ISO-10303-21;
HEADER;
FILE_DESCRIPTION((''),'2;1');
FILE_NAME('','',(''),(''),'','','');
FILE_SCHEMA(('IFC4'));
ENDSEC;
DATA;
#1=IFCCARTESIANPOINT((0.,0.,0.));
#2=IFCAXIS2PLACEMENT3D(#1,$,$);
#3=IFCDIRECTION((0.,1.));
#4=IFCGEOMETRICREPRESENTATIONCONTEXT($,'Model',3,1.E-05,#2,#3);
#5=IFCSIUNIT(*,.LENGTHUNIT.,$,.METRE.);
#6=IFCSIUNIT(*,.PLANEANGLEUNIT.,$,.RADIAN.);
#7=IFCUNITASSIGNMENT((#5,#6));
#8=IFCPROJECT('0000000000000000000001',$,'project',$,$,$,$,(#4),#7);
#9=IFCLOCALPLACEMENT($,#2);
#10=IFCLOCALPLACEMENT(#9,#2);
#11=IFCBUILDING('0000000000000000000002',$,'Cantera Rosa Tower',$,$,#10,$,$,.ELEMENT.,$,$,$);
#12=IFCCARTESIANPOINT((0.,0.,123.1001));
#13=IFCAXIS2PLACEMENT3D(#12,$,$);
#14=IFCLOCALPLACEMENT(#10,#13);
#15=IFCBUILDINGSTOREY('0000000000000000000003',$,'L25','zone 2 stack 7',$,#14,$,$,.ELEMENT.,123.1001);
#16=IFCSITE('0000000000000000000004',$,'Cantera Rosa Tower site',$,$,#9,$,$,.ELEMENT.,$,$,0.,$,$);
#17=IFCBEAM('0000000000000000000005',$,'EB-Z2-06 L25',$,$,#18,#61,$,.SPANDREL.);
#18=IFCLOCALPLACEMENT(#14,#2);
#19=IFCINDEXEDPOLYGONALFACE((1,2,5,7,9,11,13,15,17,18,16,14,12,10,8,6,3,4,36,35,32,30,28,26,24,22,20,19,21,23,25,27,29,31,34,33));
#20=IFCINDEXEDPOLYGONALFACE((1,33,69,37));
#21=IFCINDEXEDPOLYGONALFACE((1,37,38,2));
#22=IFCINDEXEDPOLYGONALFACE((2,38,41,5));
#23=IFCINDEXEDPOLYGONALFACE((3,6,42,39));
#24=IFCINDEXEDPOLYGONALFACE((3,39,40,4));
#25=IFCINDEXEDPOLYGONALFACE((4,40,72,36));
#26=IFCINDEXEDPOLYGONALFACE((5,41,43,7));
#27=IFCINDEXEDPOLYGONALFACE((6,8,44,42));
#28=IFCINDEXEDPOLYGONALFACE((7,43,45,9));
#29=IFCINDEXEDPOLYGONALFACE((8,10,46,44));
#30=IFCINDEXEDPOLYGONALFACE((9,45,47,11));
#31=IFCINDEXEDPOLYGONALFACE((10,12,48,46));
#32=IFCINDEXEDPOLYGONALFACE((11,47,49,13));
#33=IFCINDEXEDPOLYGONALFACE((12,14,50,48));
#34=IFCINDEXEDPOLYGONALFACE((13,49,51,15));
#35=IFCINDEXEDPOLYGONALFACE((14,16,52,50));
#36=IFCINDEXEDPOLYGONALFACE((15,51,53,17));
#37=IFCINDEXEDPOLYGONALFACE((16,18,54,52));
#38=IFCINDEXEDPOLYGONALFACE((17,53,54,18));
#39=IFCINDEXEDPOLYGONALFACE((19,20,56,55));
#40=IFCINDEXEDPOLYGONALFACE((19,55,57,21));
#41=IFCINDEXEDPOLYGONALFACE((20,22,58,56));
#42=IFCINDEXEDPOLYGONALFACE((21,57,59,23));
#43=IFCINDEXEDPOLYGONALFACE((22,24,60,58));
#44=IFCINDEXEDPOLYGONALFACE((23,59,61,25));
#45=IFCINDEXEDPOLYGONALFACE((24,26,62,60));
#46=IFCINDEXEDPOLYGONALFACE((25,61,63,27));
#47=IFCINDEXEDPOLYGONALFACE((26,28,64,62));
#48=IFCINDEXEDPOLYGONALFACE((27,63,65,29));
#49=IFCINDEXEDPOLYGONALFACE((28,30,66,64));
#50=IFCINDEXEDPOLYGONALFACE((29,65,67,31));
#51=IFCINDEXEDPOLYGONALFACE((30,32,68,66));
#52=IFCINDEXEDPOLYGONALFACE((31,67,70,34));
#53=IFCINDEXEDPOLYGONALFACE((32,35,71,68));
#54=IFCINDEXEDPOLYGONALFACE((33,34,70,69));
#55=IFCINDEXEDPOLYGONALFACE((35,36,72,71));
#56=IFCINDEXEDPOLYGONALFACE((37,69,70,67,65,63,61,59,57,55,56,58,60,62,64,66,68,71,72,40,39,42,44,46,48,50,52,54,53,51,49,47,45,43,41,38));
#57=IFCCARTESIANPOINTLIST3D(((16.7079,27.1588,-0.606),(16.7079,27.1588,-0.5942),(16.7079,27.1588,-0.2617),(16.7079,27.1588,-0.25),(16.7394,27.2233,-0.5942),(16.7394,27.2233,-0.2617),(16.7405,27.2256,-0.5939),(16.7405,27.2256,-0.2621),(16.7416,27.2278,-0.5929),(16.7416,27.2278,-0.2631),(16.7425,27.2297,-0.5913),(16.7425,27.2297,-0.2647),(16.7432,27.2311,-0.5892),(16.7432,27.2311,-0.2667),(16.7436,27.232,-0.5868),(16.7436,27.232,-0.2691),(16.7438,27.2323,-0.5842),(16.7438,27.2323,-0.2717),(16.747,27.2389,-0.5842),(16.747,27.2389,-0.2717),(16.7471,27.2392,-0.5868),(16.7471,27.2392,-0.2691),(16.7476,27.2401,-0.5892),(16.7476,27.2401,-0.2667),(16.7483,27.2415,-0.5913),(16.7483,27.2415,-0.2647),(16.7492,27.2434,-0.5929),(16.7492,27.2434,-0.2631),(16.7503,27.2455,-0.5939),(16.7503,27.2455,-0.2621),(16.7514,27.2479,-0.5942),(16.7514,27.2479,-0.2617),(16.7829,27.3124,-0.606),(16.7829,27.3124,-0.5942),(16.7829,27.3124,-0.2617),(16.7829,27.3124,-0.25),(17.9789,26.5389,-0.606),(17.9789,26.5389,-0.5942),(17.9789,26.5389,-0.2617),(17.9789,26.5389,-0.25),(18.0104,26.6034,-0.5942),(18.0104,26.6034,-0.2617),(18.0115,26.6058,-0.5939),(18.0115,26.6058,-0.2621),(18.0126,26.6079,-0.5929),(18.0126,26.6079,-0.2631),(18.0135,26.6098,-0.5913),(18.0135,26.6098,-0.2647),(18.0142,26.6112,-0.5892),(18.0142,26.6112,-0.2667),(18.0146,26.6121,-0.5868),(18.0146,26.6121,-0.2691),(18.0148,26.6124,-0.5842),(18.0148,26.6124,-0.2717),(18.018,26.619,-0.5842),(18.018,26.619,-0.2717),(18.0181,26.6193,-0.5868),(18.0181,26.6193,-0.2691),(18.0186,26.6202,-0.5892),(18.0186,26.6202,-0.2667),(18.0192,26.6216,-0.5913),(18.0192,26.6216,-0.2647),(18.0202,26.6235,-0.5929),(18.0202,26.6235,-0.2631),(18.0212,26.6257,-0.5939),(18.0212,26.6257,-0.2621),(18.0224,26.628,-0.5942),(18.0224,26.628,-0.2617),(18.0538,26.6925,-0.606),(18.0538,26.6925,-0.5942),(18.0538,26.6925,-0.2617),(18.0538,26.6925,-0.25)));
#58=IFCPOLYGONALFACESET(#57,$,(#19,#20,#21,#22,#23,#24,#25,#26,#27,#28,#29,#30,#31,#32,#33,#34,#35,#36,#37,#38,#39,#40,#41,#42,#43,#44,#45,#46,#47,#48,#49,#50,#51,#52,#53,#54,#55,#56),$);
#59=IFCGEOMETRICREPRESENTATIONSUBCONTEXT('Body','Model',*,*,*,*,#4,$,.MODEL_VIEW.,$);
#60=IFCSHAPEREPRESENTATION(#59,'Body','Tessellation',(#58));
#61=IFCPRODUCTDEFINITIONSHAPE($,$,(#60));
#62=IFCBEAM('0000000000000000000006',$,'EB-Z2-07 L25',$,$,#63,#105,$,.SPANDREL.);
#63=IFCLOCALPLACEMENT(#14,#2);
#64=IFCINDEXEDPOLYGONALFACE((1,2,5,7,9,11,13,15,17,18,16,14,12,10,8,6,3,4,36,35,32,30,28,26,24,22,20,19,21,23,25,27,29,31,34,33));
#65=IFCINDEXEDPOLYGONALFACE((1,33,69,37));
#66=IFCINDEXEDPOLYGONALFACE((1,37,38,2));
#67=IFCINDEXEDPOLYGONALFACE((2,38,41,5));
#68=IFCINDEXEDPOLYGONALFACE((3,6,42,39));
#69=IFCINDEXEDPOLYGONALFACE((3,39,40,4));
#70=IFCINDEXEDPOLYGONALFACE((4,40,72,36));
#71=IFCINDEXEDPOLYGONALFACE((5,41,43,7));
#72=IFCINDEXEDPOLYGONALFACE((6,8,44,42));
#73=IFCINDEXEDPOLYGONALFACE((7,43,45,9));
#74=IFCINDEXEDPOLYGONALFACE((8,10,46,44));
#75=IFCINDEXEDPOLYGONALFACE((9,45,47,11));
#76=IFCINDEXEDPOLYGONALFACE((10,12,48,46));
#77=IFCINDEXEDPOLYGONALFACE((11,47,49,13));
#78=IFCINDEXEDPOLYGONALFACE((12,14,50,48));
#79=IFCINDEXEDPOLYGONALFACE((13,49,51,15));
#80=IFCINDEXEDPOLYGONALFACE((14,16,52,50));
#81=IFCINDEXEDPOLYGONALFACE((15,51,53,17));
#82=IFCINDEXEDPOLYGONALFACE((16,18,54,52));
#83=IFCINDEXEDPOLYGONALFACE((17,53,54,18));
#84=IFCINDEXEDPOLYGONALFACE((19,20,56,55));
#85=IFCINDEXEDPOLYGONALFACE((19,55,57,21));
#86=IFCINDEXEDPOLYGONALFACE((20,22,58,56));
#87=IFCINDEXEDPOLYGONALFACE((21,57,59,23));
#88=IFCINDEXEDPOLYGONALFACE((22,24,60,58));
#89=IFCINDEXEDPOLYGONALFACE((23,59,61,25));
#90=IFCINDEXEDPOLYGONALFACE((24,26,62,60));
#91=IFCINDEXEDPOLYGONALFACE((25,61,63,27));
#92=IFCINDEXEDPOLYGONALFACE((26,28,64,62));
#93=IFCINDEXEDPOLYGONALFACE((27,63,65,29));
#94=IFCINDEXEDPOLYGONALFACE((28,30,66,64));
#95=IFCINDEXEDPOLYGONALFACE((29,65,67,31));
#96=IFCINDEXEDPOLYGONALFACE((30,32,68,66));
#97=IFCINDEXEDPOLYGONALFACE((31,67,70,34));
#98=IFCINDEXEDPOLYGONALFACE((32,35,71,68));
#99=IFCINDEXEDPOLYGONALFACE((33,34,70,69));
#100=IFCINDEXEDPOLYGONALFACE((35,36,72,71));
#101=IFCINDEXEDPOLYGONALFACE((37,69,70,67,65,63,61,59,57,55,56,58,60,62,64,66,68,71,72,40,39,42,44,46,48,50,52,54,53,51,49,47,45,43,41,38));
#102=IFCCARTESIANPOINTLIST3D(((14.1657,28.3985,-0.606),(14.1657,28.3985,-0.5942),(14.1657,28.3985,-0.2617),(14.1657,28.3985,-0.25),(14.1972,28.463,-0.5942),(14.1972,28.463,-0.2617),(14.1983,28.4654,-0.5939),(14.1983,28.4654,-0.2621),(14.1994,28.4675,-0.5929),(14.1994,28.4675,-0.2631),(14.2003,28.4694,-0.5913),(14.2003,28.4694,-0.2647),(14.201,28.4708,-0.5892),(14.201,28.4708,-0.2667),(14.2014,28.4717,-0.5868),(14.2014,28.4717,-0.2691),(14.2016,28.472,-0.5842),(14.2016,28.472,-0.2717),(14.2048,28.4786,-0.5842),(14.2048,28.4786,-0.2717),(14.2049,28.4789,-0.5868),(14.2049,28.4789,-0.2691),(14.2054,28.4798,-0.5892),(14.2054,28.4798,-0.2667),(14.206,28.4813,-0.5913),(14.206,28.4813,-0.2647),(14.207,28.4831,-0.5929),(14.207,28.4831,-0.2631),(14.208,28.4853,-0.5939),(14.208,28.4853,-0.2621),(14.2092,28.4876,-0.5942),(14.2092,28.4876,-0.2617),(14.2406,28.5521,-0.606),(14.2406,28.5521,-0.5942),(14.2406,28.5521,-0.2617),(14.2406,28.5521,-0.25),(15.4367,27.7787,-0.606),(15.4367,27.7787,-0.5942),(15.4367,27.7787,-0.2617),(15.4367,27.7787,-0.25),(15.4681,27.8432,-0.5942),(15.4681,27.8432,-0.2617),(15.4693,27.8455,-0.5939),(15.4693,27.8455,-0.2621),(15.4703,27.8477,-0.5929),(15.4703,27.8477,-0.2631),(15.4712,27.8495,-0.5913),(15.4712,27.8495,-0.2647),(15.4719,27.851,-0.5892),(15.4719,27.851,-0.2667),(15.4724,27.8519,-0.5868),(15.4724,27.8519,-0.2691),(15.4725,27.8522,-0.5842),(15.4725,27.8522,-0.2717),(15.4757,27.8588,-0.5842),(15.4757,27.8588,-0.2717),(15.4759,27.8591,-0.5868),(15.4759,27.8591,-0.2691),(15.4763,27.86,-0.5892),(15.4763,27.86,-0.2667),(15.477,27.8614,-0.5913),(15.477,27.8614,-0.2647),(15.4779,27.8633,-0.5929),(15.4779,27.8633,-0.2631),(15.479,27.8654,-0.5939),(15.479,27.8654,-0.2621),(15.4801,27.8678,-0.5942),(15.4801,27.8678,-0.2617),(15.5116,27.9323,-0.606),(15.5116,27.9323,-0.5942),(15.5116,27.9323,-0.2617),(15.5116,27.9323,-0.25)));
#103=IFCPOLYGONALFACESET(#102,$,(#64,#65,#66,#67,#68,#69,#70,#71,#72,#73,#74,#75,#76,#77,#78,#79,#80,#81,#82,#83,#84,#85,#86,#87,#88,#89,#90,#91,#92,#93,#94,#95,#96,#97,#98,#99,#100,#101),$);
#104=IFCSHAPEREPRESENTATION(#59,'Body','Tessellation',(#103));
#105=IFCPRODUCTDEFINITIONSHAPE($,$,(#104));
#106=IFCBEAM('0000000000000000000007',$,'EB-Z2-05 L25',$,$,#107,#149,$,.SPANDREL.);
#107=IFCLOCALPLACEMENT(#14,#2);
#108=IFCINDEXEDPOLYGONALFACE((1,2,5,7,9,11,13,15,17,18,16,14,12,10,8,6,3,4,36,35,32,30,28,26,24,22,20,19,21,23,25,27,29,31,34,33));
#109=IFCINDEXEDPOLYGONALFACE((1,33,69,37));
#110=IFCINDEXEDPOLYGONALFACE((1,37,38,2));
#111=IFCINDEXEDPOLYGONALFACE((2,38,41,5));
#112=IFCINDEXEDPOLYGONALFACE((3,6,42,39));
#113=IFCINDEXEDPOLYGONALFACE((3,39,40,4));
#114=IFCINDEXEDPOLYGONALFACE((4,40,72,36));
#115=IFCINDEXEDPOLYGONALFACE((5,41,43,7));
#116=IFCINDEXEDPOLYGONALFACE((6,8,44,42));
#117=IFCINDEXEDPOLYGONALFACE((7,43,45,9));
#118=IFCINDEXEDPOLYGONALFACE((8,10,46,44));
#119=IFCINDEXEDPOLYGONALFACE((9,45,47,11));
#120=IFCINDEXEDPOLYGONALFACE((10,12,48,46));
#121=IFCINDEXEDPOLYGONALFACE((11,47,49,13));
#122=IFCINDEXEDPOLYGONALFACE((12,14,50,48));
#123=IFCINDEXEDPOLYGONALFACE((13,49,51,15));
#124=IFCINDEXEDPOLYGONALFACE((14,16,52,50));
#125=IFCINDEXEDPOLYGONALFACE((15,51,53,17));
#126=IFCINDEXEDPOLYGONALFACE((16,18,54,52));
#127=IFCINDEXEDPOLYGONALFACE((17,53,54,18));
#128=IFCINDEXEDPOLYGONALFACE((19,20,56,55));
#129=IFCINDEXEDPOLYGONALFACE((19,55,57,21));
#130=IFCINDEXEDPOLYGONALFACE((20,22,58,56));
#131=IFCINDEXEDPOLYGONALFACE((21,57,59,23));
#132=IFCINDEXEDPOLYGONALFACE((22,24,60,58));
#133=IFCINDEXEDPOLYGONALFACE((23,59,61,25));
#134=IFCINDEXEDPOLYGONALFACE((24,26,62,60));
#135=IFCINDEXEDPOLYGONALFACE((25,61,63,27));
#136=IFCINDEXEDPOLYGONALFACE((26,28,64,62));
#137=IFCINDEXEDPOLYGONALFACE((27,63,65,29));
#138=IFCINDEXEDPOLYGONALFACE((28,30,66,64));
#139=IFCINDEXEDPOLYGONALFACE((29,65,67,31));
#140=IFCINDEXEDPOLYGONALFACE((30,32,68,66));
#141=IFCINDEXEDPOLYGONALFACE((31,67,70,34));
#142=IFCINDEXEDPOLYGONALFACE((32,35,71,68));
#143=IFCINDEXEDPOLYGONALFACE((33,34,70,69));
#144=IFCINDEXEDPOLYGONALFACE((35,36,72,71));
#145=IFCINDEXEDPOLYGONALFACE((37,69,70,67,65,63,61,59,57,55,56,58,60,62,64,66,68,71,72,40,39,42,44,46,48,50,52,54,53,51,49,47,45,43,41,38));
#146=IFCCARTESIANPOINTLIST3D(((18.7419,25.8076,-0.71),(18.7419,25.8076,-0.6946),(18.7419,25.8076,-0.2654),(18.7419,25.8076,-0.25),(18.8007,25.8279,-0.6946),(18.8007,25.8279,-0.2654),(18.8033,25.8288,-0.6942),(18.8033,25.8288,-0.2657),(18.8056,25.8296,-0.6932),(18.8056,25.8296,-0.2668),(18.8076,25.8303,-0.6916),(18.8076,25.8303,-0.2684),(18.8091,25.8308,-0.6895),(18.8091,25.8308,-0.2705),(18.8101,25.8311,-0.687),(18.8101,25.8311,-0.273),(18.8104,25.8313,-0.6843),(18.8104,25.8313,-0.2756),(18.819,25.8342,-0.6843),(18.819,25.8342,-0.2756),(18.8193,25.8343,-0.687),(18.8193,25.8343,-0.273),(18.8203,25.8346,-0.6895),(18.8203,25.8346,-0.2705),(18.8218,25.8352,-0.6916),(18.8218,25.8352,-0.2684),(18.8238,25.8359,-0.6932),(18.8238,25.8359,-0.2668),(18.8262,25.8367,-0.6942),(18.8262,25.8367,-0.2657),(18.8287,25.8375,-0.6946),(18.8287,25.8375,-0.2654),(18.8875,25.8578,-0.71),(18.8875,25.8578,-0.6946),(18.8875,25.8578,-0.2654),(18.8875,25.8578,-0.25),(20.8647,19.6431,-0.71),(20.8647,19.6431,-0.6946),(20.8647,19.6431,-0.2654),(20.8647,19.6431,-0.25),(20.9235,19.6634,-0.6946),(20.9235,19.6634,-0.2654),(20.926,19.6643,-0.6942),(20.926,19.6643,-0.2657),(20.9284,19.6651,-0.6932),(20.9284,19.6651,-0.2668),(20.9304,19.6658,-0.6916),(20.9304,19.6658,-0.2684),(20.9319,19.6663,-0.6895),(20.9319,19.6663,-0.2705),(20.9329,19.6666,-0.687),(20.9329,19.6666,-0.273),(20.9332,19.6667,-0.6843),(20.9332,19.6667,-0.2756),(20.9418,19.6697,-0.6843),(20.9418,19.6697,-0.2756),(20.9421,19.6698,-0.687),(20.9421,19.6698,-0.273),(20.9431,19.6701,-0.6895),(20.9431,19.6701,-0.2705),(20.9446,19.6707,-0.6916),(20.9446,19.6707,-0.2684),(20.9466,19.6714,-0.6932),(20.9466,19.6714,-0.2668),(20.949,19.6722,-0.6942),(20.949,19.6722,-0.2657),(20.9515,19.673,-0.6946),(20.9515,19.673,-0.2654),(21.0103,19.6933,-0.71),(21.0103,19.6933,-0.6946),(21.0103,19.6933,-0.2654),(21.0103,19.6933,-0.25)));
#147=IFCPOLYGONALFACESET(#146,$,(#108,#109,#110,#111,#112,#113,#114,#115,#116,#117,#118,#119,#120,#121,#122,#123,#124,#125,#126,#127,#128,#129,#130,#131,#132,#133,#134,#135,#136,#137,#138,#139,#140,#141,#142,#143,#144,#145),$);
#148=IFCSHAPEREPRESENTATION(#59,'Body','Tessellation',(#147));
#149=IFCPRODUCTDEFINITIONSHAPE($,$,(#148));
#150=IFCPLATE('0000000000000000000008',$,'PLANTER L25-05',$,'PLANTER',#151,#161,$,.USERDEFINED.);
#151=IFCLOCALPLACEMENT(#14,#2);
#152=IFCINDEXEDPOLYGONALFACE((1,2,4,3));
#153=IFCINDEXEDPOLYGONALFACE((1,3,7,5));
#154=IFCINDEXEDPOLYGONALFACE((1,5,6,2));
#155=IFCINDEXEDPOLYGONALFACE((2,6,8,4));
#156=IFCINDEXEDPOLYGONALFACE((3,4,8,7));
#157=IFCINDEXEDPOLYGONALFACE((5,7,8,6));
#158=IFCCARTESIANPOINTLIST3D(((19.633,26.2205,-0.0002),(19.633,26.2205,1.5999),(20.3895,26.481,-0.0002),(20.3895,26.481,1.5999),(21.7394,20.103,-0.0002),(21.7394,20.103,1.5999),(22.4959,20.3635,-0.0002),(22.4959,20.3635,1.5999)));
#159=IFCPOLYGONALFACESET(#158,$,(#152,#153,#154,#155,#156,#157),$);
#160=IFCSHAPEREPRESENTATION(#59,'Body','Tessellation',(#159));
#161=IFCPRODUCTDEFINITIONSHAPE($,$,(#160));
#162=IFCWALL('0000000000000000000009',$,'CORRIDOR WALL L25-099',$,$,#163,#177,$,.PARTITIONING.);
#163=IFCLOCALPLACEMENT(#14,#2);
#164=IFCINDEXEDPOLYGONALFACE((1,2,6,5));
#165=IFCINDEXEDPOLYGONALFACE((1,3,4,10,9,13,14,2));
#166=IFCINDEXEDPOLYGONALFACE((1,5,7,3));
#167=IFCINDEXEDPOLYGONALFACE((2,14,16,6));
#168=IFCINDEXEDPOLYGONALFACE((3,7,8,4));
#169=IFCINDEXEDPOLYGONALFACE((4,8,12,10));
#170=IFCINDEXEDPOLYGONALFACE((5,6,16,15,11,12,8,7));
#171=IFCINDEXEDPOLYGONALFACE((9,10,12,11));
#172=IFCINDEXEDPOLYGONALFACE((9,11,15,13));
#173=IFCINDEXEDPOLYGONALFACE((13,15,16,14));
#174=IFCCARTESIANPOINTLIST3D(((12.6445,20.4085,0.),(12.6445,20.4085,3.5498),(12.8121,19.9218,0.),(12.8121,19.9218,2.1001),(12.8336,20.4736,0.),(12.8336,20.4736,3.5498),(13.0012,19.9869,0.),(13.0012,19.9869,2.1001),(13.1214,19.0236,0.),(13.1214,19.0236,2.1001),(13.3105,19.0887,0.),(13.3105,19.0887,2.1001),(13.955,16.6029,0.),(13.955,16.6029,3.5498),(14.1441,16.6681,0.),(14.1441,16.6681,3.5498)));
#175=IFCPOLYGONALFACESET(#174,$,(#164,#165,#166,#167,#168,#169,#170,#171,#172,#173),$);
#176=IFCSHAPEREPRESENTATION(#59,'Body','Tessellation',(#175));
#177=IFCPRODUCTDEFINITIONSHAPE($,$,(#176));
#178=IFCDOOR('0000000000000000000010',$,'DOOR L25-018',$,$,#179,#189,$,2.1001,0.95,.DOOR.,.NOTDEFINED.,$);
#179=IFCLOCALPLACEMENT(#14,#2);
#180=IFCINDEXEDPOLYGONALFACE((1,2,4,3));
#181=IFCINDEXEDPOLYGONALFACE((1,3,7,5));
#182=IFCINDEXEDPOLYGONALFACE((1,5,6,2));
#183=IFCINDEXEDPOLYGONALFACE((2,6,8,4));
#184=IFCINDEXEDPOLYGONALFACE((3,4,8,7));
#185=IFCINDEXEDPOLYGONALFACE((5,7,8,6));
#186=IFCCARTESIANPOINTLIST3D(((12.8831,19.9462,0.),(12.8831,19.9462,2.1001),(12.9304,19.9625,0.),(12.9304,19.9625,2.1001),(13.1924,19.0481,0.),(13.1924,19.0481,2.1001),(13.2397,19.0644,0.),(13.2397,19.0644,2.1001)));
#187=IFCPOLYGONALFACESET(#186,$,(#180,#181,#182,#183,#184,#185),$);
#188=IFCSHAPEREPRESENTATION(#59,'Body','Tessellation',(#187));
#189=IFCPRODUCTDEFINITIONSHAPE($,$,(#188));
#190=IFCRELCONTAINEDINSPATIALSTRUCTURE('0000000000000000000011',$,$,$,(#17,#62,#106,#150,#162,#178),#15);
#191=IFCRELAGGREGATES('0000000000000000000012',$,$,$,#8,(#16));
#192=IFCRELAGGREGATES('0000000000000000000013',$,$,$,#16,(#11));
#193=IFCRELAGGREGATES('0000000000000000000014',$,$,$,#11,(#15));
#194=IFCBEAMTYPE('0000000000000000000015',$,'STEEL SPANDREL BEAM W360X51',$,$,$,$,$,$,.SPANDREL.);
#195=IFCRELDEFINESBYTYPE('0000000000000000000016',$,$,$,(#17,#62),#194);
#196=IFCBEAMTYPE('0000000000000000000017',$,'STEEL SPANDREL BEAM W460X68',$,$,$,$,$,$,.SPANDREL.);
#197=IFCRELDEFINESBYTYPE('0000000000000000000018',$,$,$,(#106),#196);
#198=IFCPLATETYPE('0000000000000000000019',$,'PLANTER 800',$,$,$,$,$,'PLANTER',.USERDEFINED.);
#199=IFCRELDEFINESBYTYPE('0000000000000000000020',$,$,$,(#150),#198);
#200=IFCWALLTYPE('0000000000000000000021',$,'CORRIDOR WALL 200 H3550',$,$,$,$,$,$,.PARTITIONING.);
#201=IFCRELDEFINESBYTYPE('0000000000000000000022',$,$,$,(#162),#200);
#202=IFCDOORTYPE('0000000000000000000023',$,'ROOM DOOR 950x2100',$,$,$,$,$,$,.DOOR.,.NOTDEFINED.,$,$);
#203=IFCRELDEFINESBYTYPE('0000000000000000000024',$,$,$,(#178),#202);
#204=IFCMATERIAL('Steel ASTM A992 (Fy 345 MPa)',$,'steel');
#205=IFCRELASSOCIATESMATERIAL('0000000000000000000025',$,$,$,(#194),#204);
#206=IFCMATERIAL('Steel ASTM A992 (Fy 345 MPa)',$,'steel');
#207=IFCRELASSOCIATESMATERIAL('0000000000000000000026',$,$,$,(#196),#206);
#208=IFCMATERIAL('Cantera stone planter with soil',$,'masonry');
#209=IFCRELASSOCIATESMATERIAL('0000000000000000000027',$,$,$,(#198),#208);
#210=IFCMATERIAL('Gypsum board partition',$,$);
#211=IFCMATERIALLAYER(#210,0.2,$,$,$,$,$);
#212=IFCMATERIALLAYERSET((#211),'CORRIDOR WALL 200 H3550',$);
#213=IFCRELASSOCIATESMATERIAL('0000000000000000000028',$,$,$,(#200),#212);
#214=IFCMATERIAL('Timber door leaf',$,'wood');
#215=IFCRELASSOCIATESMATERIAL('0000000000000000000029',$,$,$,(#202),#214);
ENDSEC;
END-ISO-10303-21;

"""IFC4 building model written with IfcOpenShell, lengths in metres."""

from ifc_helpers import new_model, si_unit, direction, frame, frame_2d, origin, origin_2d, place, context, subcontext, project, spatial, rectangle, i_section, extrude, material, layer, layer_set, material_profile, profile_set, type_object, element, fill, save


model = new_model("IFC4")

# Units and contexts
model_context = context("Model", 3, precision=1e-05, world=origin(), true_north=direction((0.0, 1.0)))
body_context = subcontext(model_context, "Body", "Model", "MODEL_VIEW")
ifc_project = project(units=[si_unit("LENGTHUNIT", "METRE"), si_unit("PLANEANGLEUNIT", "RADIAN")], contexts=[model_context])

# Site, building, storey
site_placement = place(None, origin())
site = spatial("IfcSite", under=ifc_project, at=site_placement, Name="Cantera Rosa Tower site", CompositionType="ELEMENT", RefElevation=0.0)
building_placement = place(site_placement, origin())
building = spatial("IfcBuilding", under=site, at=building_placement, Name="Cantera Rosa Tower", CompositionType="ELEMENT")
storey_placement = place(building_placement, frame((0.0, 0.0, 123.1001)))
storey = spatial("IfcBuildingStorey", under=building, at=storey_placement, Name="L25", Description="zone 2 stack 7", CompositionType="ELEMENT", Elevation=123.1001)

# Beams
ifc_material_1 = material(Name="Steel ASTM A992 (Fy 345 MPa)", Category="steel")
ifc_material_profile_1 = material_profile(ifc_material_1, i_section(OverallWidth=0.1709, OverallDepth=0.356, WebThickness=0.0073, FlangeThickness=0.0117, FilletRadius=0.01, at=origin_2d()), Name="W360X51")
ifc_profile_set_1 = profile_set([ifc_material_profile_1], Name="Steel ASTM A992 (Fy 345 MPa)")
beam_type_1 = type_object("IfcBeamType", Name="STEEL SPANDREL BEAM W360X51", PredefinedType="SPANDREL", material=ifc_profile_set_1)
for number, where, z_axis, x_axis, name in (
    (1, (18.0164, 26.6157, -0.428), (-0.898803, 0.438352, 0.0), (-0.438352, -0.898803, 0.0), "EB-Z2-06 L25"),
    (2, (15.4741, 27.8555, -0.428), (-0.898803, 0.438352, 0.0), (-0.438352, -0.898803, 0.0), "EB-Z2-07 L25"),
):
    element("IfcBeam", number, at=place(storey_placement, frame(where, z_axis=z_axis, x_axis=x_axis)), inside=storey, type_object=beam_type_1, Name=name, PredefinedType="SPANDREL", context=body_context, shape_type="SweptSolid", body=[
        extrude(i_section(OverallWidth=0.1709, OverallDepth=0.356, WebThickness=0.0073, FlangeThickness=0.0117, FilletRadius=0.01, at=origin_2d()), origin(), (0.0, 0.0, 1.0), 1.4141),
    ])
ifc_material_2 = material(Name="Steel ASTM A992 (Fy 345 MPa)", Category="steel")
ifc_material_profile_2 = material_profile(ifc_material_2, i_section(OverallWidth=0.1541, OverallDepth=0.46, WebThickness=0.009, FlangeThickness=0.0154, FilletRadius=0.0103, at=origin_2d()), Name="W460X68")
ifc_profile_set_2 = profile_set([ifc_material_profile_2], Name="Steel ASTM A992 (Fy 345 MPa)")
beam_type_2 = type_object("IfcBeamType", Name="STEEL SPANDREL BEAM W460X68", PredefinedType="SPANDREL", material=ifc_profile_set_2)
beam_1_placement = place(storey_placement, frame((20.9375, 19.6682, -0.48), z_axis=(-0.325593, 0.94551, 0.0), x_axis=(-0.94551, -0.325593, 0.0)))
element("IfcBeam", 3, at=beam_1_placement, inside=storey, type_object=beam_type_2, Name="EB-Z2-05 L25", PredefinedType="SPANDREL", context=body_context, shape_type="SweptSolid", body=[
    extrude(i_section(OverallWidth=0.1541, OverallDepth=0.46, WebThickness=0.009, FlangeThickness=0.0154, FilletRadius=0.0103, at=origin_2d()), origin(), (0.0, 0.0, 1.0), 6.5198),
])

# Plate
ifc_material_3 = material(Name="Cantera stone planter with soil", Category="masonry")
plate_type = type_object("IfcPlateType", Name="PLANTER 800", ElementType="PLANTER", PredefinedType="USERDEFINED", material=ifc_material_3)
plate_placement = place(storey_placement, frame((21.0645, 23.292, -0.0002), z_axis=(0.0, 0.0, 1.0), x_axis=(-0.325568, 0.945519, 0.0)))
element("IfcPlate", 4, at=plate_placement, inside=storey, type_object=plate_type, Name="PLANTER L25-05", ObjectType="PLANTER", PredefinedType="USERDEFINED", context=body_context, shape_type="SweptSolid", body=[
    extrude(rectangle(XDim=6.47, YDim=0.8, at=origin_2d()), origin(), (0.0, 0.0, 1.0), 1.6001),
])

# Wall, opening, door
ifc_material_4 = material(Name="Gypsum board partition")
ifc_layer_1 = layer(ifc_material_4, 0.2)
ifc_layer_set_1 = layer_set([ifc_layer_1], Name="CORRIDOR WALL 200 H3550")
wall_type_1 = type_object("IfcWallType", Name="CORRIDOR WALL 200 H3550", PredefinedType="PARTITIONING", material=ifc_layer_set_1)
wall_1_placement = place(storey_placement, frame((14.0496, 16.6355, 0.0), z_axis=(0.0, 0.0, 1.0), x_axis=(-0.325602, 0.945507, 0.0)))
wall_1 = element("IfcWall", 5, at=wall_1_placement, inside=storey, type_object=wall_type_1, Name="CORRIDOR WALL L25-099", PredefinedType="PARTITIONING", context=body_context, shape_type="SweptSolid", body=[
    extrude(rectangle(XDim=4.0249, YDim=0.2, at=frame_2d((2.0125, 0.0))), origin(), (0.0, 0.0, 1.0), 3.5498),
])
opening_1_placement = place(wall_1_placement, frame((2.5601, 0.0, 0.0)))
opening_1 = element("IfcOpeningElement", 6, at=opening_1_placement, cuts=wall_1, PredefinedType="OPENING", context=body_context, shape_type="SweptSolid", body=[
    extrude(rectangle(XDim=0.95, YDim=2.1001, at=frame_2d((0.4751, 1.05))), frame((0.0, 0.1099, 0.0), z_axis=(0.0, -1.0, 0.0), x_axis=(1.0, 0.0, 0.0)), (0.0, 0.0, 1.0), 0.22),
])
ifc_material_5 = material(Name="Timber door leaf", Category="wood")
door_type_1 = type_object("IfcDoorType", Name="ROOM DOOR 950x2100", OperationType="NOTDEFINED", PredefinedType="DOOR", material=ifc_material_5)
door_1_placement = place(opening_1_placement, origin())
door_1 = element("IfcDoor", 7, at=door_1_placement, inside=storey, type_object=door_type_1, Name="DOOR L25-018", OperationType="NOTDEFINED", OverallHeight=2.1001, OverallWidth=0.95, PredefinedType="DOOR", context=body_context, shape_type="SweptSolid", body=[
    extrude(rectangle(XDim=0.95, YDim=2.1001, at=frame_2d((0.4751, 1.05))), frame((0.0, 0.0249, 0.0), z_axis=(0.0, -1.0, 0.0), x_axis=(1.0, 0.0, 0.0)), (0.0, 0.0, 1.0), 0.05),
])
fill(opening_1, door_1)

save(model, "model.ifc")
